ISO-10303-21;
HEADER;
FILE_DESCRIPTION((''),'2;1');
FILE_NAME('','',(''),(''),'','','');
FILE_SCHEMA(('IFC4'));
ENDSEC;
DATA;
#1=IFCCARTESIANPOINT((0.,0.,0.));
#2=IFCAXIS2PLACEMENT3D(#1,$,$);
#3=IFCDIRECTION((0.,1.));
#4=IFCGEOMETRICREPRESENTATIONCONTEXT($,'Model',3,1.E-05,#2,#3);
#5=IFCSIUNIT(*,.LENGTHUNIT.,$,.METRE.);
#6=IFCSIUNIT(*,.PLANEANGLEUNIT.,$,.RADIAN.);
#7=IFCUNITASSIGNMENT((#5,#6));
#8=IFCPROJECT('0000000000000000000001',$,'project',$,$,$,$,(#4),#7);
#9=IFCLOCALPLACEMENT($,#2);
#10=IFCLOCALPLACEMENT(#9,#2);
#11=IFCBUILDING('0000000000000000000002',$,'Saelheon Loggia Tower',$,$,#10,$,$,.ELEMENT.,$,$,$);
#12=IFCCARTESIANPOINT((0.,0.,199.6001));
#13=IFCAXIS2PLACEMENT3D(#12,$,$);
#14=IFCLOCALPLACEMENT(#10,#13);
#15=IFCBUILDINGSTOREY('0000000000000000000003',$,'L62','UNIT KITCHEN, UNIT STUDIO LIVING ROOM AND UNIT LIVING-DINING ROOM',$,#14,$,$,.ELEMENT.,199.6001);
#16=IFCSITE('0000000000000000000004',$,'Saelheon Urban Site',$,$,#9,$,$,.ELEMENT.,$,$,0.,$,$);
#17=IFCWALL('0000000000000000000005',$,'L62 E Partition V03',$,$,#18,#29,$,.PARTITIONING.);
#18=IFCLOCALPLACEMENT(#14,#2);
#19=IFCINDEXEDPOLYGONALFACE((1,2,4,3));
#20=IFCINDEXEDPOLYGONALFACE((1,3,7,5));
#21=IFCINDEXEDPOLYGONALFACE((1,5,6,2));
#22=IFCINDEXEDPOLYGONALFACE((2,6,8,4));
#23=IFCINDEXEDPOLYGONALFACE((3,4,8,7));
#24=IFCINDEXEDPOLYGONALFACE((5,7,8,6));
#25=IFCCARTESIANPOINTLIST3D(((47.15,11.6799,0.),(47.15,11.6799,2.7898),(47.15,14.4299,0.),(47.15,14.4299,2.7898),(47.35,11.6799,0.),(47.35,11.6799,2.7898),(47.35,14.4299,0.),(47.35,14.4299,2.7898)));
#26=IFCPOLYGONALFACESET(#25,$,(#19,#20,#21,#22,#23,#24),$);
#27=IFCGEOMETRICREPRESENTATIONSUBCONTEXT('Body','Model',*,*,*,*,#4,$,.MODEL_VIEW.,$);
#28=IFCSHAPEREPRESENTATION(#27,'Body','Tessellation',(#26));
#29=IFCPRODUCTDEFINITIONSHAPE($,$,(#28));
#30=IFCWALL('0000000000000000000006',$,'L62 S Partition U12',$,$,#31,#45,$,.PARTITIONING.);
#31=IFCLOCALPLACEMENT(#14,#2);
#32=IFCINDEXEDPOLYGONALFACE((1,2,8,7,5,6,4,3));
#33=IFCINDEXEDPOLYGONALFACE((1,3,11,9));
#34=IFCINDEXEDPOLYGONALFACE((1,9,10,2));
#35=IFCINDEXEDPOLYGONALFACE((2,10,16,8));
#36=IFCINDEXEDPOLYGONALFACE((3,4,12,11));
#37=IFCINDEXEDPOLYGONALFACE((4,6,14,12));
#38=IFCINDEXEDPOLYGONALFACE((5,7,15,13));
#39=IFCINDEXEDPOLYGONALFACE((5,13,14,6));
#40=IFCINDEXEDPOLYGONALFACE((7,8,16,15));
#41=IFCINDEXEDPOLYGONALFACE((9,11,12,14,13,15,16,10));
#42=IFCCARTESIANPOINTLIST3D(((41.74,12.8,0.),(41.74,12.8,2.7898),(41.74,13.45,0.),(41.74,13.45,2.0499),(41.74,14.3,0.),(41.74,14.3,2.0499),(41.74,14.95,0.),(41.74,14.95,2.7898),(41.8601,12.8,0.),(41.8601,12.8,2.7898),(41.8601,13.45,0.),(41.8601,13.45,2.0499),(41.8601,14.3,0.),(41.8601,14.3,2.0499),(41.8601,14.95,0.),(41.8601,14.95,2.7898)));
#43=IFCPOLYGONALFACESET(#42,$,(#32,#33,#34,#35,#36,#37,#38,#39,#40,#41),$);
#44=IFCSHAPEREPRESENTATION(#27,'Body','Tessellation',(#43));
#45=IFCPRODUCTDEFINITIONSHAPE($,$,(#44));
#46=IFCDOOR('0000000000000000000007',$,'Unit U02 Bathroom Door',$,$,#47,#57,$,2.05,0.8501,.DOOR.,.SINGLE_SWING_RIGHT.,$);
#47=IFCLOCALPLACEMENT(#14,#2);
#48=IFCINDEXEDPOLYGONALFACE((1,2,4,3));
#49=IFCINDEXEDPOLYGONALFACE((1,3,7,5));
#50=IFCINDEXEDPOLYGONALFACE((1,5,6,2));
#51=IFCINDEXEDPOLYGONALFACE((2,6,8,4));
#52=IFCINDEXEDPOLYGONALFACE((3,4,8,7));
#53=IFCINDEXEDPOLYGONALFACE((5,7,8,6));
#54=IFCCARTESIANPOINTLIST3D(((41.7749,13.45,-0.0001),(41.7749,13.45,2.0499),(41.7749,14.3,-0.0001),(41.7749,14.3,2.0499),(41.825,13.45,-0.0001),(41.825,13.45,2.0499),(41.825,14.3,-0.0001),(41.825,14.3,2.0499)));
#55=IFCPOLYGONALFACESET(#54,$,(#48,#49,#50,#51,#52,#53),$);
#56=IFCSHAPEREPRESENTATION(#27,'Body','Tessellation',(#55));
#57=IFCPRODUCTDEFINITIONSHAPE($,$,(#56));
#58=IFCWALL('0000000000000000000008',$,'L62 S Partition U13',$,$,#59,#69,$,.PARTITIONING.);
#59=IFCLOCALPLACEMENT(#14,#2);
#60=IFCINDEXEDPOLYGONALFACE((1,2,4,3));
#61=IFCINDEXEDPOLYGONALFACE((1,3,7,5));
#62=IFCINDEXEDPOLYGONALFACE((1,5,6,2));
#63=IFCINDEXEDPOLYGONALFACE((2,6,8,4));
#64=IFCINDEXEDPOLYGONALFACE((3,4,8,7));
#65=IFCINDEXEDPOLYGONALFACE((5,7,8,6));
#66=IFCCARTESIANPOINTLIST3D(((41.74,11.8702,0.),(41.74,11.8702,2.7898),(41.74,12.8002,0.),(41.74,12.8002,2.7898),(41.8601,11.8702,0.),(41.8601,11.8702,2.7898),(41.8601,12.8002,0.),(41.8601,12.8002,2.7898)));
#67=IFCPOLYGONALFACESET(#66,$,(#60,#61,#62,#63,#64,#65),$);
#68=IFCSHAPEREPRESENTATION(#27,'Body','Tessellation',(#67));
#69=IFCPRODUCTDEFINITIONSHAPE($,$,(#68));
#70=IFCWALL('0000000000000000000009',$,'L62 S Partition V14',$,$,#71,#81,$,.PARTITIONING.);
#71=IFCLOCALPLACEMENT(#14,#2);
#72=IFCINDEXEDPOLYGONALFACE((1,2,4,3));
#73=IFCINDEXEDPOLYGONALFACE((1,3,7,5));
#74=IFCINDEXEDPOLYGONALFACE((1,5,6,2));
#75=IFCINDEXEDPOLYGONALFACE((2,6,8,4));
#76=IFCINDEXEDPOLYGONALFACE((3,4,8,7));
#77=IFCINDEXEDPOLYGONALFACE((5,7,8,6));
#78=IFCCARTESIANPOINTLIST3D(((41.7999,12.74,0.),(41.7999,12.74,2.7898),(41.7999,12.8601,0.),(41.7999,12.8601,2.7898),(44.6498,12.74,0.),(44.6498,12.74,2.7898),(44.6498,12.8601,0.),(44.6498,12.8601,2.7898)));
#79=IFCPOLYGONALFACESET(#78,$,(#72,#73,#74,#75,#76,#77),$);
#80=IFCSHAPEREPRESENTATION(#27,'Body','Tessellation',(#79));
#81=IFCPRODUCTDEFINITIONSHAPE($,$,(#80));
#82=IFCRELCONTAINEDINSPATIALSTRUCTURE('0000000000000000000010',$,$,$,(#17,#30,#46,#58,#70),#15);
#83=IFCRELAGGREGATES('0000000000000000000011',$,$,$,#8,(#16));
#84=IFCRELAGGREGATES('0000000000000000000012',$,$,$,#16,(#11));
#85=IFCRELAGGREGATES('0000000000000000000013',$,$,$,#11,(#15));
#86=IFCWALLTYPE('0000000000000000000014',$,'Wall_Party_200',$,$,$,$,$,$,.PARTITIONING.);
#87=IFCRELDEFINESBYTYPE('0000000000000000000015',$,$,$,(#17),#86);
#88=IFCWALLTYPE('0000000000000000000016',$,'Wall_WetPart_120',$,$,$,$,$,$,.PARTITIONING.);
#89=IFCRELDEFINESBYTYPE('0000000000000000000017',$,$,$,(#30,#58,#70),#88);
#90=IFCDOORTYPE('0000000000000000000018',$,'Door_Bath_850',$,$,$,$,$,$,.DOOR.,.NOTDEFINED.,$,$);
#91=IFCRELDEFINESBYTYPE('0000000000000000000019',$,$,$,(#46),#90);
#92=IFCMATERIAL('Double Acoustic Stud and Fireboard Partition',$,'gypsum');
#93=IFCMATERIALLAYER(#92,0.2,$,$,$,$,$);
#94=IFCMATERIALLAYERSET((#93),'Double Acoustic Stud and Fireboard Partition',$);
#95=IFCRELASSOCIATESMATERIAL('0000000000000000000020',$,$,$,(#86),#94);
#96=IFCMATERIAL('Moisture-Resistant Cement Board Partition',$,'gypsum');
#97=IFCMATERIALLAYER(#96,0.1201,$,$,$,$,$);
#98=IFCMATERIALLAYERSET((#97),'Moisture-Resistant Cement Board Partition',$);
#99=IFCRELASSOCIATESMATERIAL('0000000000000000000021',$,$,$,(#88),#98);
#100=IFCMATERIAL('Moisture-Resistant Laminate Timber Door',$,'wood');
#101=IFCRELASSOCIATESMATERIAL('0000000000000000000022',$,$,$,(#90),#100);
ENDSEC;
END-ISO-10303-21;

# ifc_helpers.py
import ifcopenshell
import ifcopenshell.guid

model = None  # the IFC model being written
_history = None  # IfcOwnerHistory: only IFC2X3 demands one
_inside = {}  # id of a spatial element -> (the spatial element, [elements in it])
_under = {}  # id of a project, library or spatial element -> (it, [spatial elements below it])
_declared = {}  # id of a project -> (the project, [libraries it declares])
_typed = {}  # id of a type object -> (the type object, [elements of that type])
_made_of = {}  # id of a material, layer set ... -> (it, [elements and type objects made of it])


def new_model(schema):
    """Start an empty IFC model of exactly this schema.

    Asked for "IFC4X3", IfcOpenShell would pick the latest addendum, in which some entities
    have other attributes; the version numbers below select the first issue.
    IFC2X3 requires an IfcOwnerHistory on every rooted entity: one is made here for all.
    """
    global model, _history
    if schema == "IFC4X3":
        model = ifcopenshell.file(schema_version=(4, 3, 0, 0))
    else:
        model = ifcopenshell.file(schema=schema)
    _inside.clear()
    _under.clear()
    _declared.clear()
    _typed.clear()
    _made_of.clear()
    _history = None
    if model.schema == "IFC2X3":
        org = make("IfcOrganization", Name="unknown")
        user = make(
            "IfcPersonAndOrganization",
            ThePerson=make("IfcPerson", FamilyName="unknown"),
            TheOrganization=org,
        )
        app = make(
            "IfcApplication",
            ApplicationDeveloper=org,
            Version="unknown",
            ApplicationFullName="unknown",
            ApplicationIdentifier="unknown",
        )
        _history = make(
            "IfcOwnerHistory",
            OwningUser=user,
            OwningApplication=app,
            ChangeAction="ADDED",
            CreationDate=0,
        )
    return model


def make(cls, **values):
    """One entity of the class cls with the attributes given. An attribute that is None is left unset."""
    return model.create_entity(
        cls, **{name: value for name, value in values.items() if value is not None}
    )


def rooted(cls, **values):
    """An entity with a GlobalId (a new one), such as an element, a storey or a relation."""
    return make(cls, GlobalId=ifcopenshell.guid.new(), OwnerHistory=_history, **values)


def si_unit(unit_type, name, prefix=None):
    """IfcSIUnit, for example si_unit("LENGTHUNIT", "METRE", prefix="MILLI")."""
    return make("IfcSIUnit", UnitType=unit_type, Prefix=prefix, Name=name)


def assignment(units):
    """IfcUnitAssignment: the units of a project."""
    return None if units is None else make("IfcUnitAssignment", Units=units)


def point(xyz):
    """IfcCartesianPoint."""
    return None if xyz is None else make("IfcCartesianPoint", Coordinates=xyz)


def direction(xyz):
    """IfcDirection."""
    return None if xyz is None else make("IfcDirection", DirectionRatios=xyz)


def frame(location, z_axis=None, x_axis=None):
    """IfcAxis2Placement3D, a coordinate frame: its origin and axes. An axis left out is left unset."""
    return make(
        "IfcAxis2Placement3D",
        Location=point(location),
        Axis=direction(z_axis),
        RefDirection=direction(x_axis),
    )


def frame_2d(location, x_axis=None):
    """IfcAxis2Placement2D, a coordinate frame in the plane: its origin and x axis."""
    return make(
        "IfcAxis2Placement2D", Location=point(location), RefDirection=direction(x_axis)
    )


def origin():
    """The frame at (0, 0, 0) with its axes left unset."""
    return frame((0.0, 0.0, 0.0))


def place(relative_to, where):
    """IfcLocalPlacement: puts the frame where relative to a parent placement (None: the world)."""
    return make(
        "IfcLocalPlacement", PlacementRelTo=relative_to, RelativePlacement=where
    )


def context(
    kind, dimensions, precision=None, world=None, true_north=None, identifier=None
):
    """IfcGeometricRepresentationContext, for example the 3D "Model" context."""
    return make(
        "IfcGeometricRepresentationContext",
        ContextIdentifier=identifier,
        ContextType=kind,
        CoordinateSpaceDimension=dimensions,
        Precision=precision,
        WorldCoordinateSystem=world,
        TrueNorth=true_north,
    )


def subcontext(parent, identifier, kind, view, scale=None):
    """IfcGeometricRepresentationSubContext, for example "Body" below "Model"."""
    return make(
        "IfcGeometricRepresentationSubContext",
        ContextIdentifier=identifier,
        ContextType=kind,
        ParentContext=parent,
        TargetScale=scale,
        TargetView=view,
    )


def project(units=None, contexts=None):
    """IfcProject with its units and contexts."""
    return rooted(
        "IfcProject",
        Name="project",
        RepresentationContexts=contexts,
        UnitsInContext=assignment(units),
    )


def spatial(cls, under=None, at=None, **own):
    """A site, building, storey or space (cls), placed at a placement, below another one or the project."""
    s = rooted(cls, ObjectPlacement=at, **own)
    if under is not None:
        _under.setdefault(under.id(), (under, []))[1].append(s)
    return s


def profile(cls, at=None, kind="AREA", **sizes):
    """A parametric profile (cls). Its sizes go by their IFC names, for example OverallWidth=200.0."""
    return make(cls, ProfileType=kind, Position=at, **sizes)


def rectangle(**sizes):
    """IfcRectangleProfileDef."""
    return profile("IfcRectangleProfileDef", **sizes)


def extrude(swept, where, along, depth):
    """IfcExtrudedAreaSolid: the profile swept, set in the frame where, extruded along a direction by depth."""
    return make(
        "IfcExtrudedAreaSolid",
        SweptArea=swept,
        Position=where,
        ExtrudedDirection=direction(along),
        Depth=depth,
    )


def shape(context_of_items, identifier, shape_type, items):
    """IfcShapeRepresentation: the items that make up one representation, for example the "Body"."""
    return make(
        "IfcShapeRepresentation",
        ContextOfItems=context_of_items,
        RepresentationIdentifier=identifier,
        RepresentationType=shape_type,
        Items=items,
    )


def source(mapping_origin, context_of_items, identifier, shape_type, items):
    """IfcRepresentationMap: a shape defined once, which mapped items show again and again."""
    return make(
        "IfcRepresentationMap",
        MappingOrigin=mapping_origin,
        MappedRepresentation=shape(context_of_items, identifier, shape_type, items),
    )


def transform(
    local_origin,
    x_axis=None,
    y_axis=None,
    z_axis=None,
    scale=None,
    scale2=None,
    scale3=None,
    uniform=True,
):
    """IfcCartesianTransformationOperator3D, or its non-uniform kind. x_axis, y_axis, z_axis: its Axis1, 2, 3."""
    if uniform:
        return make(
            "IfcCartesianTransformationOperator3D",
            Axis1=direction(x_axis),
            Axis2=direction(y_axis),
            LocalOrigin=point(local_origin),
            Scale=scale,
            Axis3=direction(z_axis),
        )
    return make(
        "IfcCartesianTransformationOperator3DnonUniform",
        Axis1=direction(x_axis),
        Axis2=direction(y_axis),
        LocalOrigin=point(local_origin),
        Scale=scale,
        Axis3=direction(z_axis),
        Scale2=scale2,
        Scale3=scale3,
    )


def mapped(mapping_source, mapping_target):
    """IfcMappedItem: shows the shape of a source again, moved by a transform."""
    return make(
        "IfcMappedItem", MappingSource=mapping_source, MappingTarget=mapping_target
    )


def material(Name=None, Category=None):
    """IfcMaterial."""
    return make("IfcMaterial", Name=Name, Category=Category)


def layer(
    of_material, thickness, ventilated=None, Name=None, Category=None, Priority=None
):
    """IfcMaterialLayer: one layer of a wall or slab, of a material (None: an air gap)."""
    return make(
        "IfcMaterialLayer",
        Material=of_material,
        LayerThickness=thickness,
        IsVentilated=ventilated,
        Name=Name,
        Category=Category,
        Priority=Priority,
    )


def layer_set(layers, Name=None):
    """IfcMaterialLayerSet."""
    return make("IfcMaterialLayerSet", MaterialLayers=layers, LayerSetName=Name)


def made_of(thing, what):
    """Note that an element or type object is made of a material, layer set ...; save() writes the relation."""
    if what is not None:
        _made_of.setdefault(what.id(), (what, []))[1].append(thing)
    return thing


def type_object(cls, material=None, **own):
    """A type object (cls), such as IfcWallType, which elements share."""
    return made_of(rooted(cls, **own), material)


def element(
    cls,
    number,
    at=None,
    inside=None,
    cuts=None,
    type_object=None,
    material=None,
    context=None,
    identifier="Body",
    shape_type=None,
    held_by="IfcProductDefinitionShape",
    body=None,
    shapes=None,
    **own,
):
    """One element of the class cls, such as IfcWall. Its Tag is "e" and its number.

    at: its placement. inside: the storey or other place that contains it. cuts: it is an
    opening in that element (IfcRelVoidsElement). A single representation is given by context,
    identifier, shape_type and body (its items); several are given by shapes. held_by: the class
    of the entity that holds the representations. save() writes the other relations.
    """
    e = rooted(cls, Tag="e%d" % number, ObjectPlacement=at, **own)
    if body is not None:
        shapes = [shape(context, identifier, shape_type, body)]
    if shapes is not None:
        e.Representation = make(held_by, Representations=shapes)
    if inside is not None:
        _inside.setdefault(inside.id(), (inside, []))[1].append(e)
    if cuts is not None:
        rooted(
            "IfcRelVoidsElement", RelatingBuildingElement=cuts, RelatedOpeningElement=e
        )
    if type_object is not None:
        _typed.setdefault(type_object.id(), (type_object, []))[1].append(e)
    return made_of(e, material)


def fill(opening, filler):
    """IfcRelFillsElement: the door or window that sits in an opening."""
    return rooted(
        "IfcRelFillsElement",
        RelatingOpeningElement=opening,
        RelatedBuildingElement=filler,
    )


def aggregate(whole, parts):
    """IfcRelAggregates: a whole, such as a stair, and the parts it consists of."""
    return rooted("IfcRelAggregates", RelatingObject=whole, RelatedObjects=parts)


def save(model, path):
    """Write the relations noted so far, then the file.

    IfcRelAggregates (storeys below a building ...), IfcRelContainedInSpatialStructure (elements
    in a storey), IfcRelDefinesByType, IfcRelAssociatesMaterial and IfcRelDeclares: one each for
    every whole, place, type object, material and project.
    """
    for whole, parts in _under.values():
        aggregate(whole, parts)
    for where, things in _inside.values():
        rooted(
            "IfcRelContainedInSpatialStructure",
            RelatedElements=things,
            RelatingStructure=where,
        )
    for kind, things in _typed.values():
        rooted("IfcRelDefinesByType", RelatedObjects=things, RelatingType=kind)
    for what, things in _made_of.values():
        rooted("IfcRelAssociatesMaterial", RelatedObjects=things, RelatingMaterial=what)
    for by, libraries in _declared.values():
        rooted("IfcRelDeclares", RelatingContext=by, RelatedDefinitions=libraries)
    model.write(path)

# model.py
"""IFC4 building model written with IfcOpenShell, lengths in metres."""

from ifc_helpers import new_model, si_unit, direction, frame, frame_2d, origin, place, context, subcontext, project, spatial, rectangle, extrude, source, transform, mapped, material, layer, layer_set, type_object, element, fill, save


model = new_model("IFC4")

# Units and contexts
model_context = context("Model", 3, precision=1e-05, world=origin(), true_north=direction((0.0, 1.0)))
body_context = subcontext(model_context, "Body", "Model", "MODEL_VIEW")
ifc_project = project(units=[si_unit("LENGTHUNIT", "METRE"), si_unit("PLANEANGLEUNIT", "RADIAN")], contexts=[model_context])

# Site, building, storey
site_placement = place(None, origin())
site = spatial("IfcSite", under=ifc_project, at=site_placement, Name="Saelheon Urban Site", CompositionType="ELEMENT", RefElevation=0.0)
building_placement = place(site_placement, origin())
building = spatial("IfcBuilding", under=site, at=building_placement, Name="Saelheon Loggia Tower", CompositionType="ELEMENT")
storey_placement = place(building_placement, frame((0.0, 0.0, 199.6001)))
storey = spatial("IfcBuildingStorey", under=building, at=storey_placement, Name="L62", Description="UNIT KITCHEN, UNIT STUDIO LIVING ROOM AND UNIT LIVING-DINING ROOM", CompositionType="ELEMENT", Elevation=199.6001)

# Shared definitions
ifc_material_1 = material(Name="Double Acoustic Stud and Fireboard Partition", Category="gypsum")
ifc_layer_1 = layer(ifc_material_1, 0.2)
ifc_layer_set_1 = layer_set([ifc_layer_1], Name="Double Acoustic Stud and Fireboard Partition")
wall_type_1 = type_object("IfcWallType", Name="Wall_Party_200", PredefinedType="PARTITIONING", material=ifc_layer_set_1)

# Wall
wall_1_placement = place(storey_placement, frame((47.25, 11.6799, 0.0), z_axis=(0.0, 0.0, 1.0), x_axis=(0.0, 1.0, 0.0)))
element("IfcWall", 1, at=wall_1_placement, inside=storey, type_object=wall_type_1, Name="L62 E Partition V03", PredefinedType="PARTITIONING", context=body_context, shape_type="SweptSolid", body=[
    extrude(rectangle(XDim=2.75, YDim=0.2, at=frame_2d((1.375, 0.0))), origin(), (0.0, 0.0, 1.0), 2.7898),
])

# Wall, opening, door
ifc_material_2 = material(Name="Moisture-Resistant Cement Board Partition", Category="gypsum")
ifc_layer_2 = layer(ifc_material_2, 0.1201)
ifc_layer_set_2 = layer_set([ifc_layer_2], Name="Moisture-Resistant Cement Board Partition")
wall_type_2 = type_object("IfcWallType", Name="Wall_WetPart_120", PredefinedType="PARTITIONING", material=ifc_layer_set_2)
wall_2_placement = place(storey_placement, frame((41.8, 14.95, 0.0), z_axis=(0.0, 0.0, 1.0), x_axis=(0.0, -1.0, 0.0)))
wall_2 = element("IfcWall", 2, at=wall_2_placement, inside=storey, type_object=wall_type_2, Name="L62 S Partition U12", PredefinedType="PARTITIONING", context=body_context, shape_type="SweptSolid", body=[
    extrude(rectangle(XDim=2.1499, YDim=0.1201, at=frame_2d((1.075, 0.0))), origin(), (0.0, 0.0, 1.0), 2.7898),
])
opening_1_placement = place(wall_2_placement, frame((0.6499, 0.0, 0.0)))
opening_1 = element("IfcOpeningElement", 3, at=opening_1_placement, cuts=wall_2, PredefinedType="OPENING", context=body_context, shape_type="SweptSolid", body=[
    extrude(rectangle(XDim=0.8501, YDim=2.05, at=frame_2d((0.425, 1.0249))), frame((0.0, 0.072, 0.0), z_axis=(0.0, -1.0, 0.0), x_axis=(1.0, 0.0, 0.0)), (0.0, 0.0, 1.0), 0.144),
])
ifc_material_3 = material(Name="Moisture-Resistant Laminate Timber Door", Category="wood")
door_type_1 = type_object("IfcDoorType", Name="Door_Bath_850", OperationType="NOTDEFINED", PredefinedType="DOOR", material=ifc_material_3)
shared_shape_1 = source(origin(), body_context, "Body", "SweptSolid", [
    extrude(rectangle(XDim=0.8501, YDim=2.05, at=frame_2d((0.425, 1.0249))), frame((0.0, 0.0249, 0.0), z_axis=(0.0, -1.0, 0.0), x_axis=(1.0, 0.0, 0.0)), (0.0, 0.0, 1.0), 0.05),
])
door_1_placement = place(opening_1_placement, origin())
door_1 = element("IfcDoor", 4, at=door_1_placement, inside=storey, type_object=door_type_1, Name="Unit U02 Bathroom Door", OperationType="SINGLE_SWING_RIGHT", OverallHeight=2.05, OverallWidth=0.8501, PredefinedType="DOOR", context=body_context, shape_type="MappedRepresentation", body=[
    mapped(shared_shape_1, transform((0.0, 0.0, 0.0), scale=1.0)),
])
fill(opening_1, door_1)

# Walls
wall_3_placement = place(storey_placement, frame((41.8, 12.8, 0.0), z_axis=(0.0, 0.0, 1.0), x_axis=(0.0, -1.0, 0.0)))
element("IfcWall", 5, at=wall_3_placement, inside=storey, type_object=wall_type_2, Name="L62 S Partition U13", PredefinedType="PARTITIONING", context=body_context, shape_type="SweptSolid", body=[
    extrude(rectangle(XDim=0.9299, YDim=0.1201, at=frame_2d((0.4648, 0.0))), origin(), (0.0, 0.0, 1.0), 2.7898),
])
wall_4_placement = place(storey_placement, frame((41.8, 12.8, 0.0), z_axis=(0.0, 0.0, 1.0), x_axis=(1.0, 0.0, 0.0)))
element("IfcWall", 6, at=wall_4_placement, inside=storey, type_object=wall_type_2, Name="L62 S Partition V14", PredefinedType="PARTITIONING", context=body_context, shape_type="SweptSolid", body=[
    extrude(rectangle(XDim=2.8499, YDim=0.1201, at=frame_2d((1.4248, 0.0))), origin(), (0.0, 0.0, 1.0), 2.7898),
])

save(model, "model.ifc")
